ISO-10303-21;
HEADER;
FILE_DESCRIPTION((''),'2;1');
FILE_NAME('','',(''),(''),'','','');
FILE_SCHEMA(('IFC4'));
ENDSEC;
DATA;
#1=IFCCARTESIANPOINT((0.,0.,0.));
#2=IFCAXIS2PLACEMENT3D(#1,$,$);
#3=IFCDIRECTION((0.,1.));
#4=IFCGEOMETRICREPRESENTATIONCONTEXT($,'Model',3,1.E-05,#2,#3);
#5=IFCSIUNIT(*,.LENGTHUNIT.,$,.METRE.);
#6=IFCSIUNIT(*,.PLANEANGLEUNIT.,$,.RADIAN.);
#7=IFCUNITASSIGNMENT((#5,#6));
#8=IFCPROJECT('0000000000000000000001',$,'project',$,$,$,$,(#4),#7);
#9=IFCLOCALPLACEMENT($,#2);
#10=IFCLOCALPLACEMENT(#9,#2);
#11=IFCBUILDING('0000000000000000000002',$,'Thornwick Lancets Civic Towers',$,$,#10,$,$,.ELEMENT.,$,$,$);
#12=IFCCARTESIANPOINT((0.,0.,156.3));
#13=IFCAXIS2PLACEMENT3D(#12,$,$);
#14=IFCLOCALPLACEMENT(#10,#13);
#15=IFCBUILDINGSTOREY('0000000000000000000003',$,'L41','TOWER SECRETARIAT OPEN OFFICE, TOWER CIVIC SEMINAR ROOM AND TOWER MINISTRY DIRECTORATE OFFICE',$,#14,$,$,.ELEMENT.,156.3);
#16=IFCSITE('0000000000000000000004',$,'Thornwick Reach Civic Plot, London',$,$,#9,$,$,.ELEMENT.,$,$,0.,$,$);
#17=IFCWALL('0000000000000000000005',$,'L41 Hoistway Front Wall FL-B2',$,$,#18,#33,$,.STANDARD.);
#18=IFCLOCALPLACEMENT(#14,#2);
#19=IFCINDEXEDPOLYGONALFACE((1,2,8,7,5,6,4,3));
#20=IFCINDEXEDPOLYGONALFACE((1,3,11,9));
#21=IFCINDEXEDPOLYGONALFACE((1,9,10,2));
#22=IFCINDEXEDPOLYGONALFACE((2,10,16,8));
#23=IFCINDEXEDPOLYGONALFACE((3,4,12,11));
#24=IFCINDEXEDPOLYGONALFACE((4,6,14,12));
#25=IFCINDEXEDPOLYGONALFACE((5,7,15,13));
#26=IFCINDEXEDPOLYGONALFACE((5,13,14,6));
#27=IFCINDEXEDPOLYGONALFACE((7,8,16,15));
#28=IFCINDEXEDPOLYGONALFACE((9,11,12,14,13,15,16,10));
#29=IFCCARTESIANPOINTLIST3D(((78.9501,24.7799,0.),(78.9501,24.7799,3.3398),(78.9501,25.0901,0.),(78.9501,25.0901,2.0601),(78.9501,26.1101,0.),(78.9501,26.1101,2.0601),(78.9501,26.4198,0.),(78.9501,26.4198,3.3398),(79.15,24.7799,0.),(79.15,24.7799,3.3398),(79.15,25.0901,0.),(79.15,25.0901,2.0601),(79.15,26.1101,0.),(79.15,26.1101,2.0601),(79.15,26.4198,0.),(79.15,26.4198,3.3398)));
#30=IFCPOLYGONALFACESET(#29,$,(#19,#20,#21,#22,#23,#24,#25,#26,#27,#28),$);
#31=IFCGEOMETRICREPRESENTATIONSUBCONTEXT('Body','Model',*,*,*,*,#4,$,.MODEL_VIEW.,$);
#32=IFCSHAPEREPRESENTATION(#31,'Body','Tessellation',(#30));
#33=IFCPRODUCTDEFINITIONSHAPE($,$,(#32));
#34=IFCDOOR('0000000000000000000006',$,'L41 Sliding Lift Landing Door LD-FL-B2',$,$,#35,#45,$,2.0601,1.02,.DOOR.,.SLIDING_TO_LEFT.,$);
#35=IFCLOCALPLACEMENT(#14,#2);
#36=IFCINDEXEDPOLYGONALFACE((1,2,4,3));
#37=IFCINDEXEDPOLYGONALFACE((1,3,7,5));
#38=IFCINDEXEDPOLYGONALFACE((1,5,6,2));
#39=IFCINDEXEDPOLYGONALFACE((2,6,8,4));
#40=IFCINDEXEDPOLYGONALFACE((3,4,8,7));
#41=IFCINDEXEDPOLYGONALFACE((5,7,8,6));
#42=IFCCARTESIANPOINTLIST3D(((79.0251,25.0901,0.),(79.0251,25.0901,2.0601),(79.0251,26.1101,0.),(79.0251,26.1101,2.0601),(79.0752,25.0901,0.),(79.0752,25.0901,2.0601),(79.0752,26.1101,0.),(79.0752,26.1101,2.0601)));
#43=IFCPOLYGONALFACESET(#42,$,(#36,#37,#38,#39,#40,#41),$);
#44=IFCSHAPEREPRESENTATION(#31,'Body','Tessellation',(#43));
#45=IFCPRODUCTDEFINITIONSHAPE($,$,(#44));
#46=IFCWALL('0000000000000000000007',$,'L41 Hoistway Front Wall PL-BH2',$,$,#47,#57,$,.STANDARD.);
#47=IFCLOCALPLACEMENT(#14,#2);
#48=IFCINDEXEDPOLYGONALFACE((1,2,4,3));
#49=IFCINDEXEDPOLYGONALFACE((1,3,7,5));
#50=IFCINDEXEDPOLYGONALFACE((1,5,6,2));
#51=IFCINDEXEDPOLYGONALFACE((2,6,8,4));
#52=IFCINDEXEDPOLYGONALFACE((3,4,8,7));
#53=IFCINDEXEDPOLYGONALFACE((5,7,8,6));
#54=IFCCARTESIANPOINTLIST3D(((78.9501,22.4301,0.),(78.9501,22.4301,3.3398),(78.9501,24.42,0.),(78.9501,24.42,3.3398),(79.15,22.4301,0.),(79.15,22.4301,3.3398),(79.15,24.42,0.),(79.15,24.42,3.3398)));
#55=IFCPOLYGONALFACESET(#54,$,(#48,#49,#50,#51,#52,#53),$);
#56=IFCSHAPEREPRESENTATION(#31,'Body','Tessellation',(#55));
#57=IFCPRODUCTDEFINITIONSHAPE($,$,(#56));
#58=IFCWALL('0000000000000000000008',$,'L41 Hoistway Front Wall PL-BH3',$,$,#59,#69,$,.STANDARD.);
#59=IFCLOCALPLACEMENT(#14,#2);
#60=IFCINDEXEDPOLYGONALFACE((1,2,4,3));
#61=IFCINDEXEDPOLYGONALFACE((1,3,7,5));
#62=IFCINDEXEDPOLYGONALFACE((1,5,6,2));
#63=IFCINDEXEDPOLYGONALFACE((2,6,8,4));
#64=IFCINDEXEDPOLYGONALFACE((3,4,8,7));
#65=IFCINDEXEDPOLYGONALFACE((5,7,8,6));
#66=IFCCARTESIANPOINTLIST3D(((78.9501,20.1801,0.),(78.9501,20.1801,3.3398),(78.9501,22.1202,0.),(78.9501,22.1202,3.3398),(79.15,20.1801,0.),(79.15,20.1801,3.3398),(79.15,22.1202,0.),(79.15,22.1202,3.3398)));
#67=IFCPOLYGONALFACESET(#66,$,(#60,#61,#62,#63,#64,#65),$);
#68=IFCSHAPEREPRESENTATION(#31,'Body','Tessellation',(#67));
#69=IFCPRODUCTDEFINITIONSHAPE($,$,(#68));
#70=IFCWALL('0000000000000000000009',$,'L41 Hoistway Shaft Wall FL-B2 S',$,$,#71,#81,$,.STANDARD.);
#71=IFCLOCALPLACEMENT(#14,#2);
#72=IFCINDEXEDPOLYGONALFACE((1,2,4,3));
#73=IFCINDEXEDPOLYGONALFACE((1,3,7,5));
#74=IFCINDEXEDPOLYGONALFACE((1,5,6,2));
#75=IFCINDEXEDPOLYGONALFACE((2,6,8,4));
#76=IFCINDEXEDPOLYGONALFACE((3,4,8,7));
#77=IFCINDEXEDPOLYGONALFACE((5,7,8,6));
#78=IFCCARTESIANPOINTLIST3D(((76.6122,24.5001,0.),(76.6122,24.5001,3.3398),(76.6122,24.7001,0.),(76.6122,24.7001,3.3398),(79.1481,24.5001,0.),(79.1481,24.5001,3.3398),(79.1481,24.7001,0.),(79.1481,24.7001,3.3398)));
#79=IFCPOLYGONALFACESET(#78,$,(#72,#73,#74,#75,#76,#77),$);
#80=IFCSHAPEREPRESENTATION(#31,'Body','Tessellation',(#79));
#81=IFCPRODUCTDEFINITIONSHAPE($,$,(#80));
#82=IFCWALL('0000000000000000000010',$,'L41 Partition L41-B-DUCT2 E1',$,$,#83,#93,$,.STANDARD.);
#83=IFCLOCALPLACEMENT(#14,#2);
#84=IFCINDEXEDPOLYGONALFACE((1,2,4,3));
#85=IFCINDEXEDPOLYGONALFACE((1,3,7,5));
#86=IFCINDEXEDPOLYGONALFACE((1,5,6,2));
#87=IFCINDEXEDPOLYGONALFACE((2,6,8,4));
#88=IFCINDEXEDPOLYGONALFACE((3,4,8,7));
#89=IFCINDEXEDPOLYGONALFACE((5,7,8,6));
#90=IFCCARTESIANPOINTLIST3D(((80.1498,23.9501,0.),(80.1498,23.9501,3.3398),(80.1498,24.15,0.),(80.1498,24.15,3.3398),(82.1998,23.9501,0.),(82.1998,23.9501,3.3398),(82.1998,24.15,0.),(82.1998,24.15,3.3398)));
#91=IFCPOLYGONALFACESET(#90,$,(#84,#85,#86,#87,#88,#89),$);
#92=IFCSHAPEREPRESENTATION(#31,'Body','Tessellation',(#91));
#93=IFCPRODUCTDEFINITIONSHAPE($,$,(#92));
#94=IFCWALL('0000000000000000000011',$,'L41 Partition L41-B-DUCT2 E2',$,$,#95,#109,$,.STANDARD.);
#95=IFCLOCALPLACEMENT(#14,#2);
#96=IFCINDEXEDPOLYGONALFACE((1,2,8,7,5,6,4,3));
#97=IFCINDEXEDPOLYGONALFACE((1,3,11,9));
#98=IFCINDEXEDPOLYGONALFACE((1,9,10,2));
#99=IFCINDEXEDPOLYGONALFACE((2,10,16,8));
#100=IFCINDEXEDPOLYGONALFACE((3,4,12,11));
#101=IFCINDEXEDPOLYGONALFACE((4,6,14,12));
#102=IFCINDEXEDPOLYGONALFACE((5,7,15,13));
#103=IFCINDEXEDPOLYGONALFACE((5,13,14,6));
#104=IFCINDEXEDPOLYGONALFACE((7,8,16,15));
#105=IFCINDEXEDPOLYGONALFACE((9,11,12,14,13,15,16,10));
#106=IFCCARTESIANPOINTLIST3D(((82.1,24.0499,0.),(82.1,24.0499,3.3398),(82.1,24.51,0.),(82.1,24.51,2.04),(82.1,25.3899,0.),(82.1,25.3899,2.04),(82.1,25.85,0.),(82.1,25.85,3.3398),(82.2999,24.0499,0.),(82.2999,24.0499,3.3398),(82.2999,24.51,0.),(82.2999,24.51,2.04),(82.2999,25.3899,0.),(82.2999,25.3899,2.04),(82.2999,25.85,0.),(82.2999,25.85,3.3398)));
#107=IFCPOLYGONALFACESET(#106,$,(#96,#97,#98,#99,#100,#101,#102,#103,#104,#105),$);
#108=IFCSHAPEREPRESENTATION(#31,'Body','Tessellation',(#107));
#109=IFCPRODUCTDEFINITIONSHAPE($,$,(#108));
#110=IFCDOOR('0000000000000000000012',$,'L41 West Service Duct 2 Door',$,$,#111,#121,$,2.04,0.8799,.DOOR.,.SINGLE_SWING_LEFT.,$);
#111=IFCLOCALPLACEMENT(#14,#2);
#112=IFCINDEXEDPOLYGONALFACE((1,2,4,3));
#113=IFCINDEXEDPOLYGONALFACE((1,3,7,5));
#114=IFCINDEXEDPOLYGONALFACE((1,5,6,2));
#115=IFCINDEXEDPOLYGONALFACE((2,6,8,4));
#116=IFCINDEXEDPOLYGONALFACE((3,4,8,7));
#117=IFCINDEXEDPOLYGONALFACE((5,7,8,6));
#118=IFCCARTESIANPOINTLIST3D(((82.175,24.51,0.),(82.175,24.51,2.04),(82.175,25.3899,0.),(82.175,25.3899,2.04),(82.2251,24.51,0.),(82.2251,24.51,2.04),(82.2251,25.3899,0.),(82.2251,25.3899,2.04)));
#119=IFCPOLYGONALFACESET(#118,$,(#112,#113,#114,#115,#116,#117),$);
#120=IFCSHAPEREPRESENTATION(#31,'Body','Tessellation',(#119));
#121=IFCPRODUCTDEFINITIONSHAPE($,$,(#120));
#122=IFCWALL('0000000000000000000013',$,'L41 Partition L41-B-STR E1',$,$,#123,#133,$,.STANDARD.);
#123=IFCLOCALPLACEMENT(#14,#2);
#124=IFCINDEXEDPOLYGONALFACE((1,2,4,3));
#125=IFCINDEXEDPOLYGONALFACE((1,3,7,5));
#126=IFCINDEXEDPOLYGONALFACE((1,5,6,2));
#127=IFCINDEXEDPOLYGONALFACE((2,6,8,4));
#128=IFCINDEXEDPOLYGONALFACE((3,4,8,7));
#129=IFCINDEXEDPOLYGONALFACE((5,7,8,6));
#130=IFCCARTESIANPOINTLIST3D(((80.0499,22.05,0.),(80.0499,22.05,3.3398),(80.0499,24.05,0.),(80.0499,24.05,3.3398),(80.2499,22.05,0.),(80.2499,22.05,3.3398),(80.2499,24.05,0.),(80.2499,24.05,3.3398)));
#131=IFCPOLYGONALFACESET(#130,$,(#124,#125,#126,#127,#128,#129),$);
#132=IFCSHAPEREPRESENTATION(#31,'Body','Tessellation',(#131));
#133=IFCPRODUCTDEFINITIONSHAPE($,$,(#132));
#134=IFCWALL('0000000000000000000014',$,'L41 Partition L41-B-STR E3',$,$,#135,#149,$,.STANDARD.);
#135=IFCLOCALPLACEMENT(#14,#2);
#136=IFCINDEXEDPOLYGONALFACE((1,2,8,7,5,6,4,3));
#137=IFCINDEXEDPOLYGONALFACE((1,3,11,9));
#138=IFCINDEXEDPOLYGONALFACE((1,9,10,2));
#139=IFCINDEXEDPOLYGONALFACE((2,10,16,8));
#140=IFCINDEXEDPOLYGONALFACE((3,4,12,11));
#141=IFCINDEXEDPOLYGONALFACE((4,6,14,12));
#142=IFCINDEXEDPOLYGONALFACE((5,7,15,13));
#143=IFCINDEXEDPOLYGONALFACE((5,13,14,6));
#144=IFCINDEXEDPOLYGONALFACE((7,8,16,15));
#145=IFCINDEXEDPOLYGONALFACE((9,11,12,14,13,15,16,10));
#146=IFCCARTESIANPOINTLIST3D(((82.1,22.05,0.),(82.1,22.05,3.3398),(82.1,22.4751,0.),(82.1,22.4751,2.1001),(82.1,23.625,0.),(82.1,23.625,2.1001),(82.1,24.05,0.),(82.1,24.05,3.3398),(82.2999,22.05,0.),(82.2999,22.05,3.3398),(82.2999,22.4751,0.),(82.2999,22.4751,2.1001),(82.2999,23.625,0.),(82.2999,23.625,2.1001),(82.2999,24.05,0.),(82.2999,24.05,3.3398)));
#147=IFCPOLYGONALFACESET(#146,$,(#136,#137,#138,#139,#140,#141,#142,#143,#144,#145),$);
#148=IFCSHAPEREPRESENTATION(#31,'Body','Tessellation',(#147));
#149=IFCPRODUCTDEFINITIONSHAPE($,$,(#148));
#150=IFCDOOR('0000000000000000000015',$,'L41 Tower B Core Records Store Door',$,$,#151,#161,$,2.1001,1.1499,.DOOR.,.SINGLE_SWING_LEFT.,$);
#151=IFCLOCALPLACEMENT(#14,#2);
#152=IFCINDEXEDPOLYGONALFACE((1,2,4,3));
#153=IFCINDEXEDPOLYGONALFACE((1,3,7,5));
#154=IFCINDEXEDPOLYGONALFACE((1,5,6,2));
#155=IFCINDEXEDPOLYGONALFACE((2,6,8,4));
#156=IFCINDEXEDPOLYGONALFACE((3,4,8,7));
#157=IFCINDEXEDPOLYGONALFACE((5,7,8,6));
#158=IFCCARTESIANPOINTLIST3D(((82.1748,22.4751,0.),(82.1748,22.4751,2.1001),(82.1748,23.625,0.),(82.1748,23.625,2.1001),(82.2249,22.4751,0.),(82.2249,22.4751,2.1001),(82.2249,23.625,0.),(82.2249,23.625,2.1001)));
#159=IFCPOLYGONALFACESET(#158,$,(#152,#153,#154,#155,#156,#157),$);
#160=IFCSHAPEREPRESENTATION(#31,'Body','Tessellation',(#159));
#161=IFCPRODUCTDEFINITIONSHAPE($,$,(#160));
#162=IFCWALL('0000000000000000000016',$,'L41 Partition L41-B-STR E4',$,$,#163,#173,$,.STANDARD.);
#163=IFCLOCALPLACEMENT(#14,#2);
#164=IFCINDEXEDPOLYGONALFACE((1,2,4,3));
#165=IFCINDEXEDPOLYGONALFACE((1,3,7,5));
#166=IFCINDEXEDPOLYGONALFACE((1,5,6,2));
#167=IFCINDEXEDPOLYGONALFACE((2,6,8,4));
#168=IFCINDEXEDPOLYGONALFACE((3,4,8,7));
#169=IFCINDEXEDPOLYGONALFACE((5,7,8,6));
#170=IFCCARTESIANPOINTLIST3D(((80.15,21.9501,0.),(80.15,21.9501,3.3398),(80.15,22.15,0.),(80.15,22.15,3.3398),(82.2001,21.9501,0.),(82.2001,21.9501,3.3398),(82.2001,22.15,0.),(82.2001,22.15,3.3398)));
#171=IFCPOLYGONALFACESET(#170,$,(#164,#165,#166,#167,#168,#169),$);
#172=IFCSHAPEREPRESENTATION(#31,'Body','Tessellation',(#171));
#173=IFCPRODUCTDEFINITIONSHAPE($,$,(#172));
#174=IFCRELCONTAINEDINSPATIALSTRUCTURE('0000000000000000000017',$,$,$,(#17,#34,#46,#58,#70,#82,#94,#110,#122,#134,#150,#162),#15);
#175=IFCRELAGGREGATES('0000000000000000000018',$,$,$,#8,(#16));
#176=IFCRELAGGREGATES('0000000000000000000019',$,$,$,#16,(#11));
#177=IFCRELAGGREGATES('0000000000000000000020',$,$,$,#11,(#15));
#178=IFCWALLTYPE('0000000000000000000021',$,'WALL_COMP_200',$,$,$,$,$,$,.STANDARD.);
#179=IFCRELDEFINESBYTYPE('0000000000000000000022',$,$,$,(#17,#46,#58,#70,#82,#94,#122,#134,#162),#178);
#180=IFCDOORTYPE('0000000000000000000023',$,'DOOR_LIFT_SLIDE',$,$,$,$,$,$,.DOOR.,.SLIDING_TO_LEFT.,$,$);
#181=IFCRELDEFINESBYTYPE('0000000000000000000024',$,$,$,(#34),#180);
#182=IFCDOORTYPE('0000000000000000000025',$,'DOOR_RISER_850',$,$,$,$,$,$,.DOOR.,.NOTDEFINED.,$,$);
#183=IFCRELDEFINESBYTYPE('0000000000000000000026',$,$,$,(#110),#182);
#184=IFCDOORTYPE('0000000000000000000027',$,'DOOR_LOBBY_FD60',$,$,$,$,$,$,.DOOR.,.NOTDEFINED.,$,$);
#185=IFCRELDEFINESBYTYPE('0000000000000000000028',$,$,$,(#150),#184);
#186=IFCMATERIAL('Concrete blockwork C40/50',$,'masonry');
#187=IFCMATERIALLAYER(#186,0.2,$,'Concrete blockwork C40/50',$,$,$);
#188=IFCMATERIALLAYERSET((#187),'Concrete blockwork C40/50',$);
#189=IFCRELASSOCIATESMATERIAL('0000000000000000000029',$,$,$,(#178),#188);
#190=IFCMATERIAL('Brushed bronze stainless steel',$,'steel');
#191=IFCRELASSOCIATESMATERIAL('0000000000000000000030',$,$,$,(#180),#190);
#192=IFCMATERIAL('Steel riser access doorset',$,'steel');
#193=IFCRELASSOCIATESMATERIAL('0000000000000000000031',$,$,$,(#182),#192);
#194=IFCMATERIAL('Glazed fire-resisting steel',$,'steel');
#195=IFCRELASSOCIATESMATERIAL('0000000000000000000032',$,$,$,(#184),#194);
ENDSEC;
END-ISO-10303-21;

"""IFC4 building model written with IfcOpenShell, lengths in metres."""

from ifc_helpers import new_model, si_unit, direction, frame, frame_2d, origin, place, context, subcontext, project, spatial, rectangle, extrude, material, layer, layer_set, type_object, element, fill, save


model = new_model("IFC4")

# Units and contexts
model_context = context("Model", 3, precision=1e-05, world=origin(), true_north=direction((0.0, 1.0)))
body_context = subcontext(model_context, "Body", "Model", "MODEL_VIEW")
ifc_project = project(units=[si_unit("LENGTHUNIT", "METRE"), si_unit("PLANEANGLEUNIT", "RADIAN")], contexts=[model_context])

# Site, building, storey
site_placement = place(None, origin())
site = spatial("IfcSite", under=ifc_project, at=site_placement, Name="Thornwick Reach Civic Plot, London", CompositionType="ELEMENT", RefElevation=0.0)
building_placement = place(site_placement, origin())
building = spatial("IfcBuilding", under=site, at=building_placement, Name="Thornwick Lancets Civic Towers", CompositionType="ELEMENT")
storey_placement = place(building_placement, frame((0.0, 0.0, 156.3)))
storey = spatial("IfcBuildingStorey", under=building, at=storey_placement, Name="L41", Description="TOWER SECRETARIAT OPEN OFFICE, TOWER CIVIC SEMINAR ROOM AND TOWER MINISTRY DIRECTORATE OFFICE", CompositionType="ELEMENT", Elevation=156.3)

# Wall, opening, door
ifc_material_1 = material(Name="Concrete blockwork C40/50", Category="masonry")
ifc_layer_1 = layer(ifc_material_1, 0.2, Name="Concrete blockwork C40/50")
ifc_layer_set_1 = layer_set([ifc_layer_1], Name="Concrete blockwork C40/50")
wall_type_1 = type_object("IfcWallType", Name="WALL_COMP_200", PredefinedType="STANDARD", material=ifc_layer_set_1)
wall_1_placement = place(storey_placement, frame((79.05, 24.78, 0.0), z_axis=(0.0, 0.0, 1.0), x_axis=(0.0, 1.0, 0.0)))
wall_1 = element("IfcWall", 1, at=wall_1_placement, inside=storey, type_object=wall_type_1, Name="L41 Hoistway Front Wall FL-B2", PredefinedType="STANDARD", context=body_context, shape_type="SweptSolid", body=[
    extrude(rectangle(XDim=1.6399, YDim=0.2, at=frame_2d((0.8198, 0.0))), origin(), (0.0, 0.0, 1.0), 3.3398),
])
opening_1_placement = place(wall_1_placement, frame((0.3101, 0.0, 0.0)))
opening_1 = element("IfcOpeningElement", 2, at=opening_1_placement, cuts=wall_1, PredefinedType="OPENING", context=body_context, shape_type="SweptSolid", body=[
    extrude(rectangle(XDim=1.02, YDim=2.0601, at=frame_2d((0.51, 1.03))), frame((0.0, 0.1099, 0.0), z_axis=(0.0, -1.0, 0.0), x_axis=(1.0, 0.0, 0.0)), (0.0, 0.0, 1.0), 0.22),
])
ifc_material_2 = material(Name="Brushed bronze stainless steel", Category="steel")
door_type_1 = type_object("IfcDoorType", Name="DOOR_LIFT_SLIDE", OperationType="SLIDING_TO_LEFT", PredefinedType="DOOR", material=ifc_material_2)
door_1_placement = place(opening_1_placement, origin())
door_1 = element("IfcDoor", 3, at=door_1_placement, inside=storey, type_object=door_type_1, Name="L41 Sliding Lift Landing Door LD-FL-B2", OperationType="SLIDING_TO_LEFT", OverallHeight=2.0601, OverallWidth=1.02, PredefinedType="DOOR", context=body_context, shape_type="SweptSolid", body=[
    extrude(rectangle(XDim=1.02, YDim=2.0601, at=frame_2d((0.51, 1.03))), frame((0.0, 0.0249, 0.0), z_axis=(0.0, -1.0, 0.0), x_axis=(1.0, 0.0, 0.0)), (0.0, 0.0, 1.0), 0.05),
])
fill(opening_1, door_1)

# Walls
wall_2_placement = place(storey_placement, frame((79.05, 22.4299, 0.0), z_axis=(0.0, 0.0, 1.0), x_axis=(0.0, 1.0, 0.0)))
element("IfcWall", 4, at=wall_2_placement, inside=storey, type_object=wall_type_1, Name="L41 Hoistway Front Wall PL-BH2", PredefinedType="STANDARD", context=body_context, shape_type="SweptSolid", body=[
    extrude(rectangle(XDim=1.99, YDim=0.2, at=frame_2d((0.9951, 0.0))), origin(), (0.0, 0.0, 1.0), 3.3398),
])
wall_3_placement = place(storey_placement, frame((79.05, 20.1799, 0.0), z_axis=(0.0, 0.0, 1.0), x_axis=(0.0, 1.0, 0.0)))
element("IfcWall", 5, at=wall_3_placement, inside=storey, type_object=wall_type_1, Name="L41 Hoistway Front Wall PL-BH3", PredefinedType="STANDARD", context=body_context, shape_type="SweptSolid", body=[
    extrude(rectangle(XDim=1.9402, YDim=0.2, at=frame_2d((0.9702, 0.0))), origin(), (0.0, 0.0, 1.0), 3.3398),
])
wall_4_placement = place(storey_placement, frame((76.6121, 24.6001, 0.0), z_axis=(0.0, 0.0, 1.0), x_axis=(1.0, 0.0, 0.0)))
element("IfcWall", 6, at=wall_4_placement, inside=storey, type_object=wall_type_1, Name="L41 Hoistway Shaft Wall FL-B2 S", PredefinedType="STANDARD", context=body_context, shape_type="SweptSolid", body=[
    extrude(rectangle(XDim=2.5359, YDim=0.2, at=frame_2d((1.2681, 0.0))), origin(), (0.0, 0.0, 1.0), 3.3398),
])
wall_5_placement = place(storey_placement, frame((80.1499, 24.05, 0.0), z_axis=(0.0, 0.0, 1.0), x_axis=(1.0, 0.0, 0.0)))
element("IfcWall", 7, at=wall_5_placement, inside=storey, type_object=wall_type_1, Name="L41 Partition L41-B-DUCT2 E1", PredefinedType="STANDARD", context=body_context, shape_type="SweptSolid", body=[
    extrude(rectangle(XDim=2.05, YDim=0.2, at=frame_2d((1.0249, 0.0))), origin(), (0.0, 0.0, 1.0), 3.3398),
])

# Wall, opening, door
wall_6_placement = place(storey_placement, frame((82.2, 24.05, 0.0), z_axis=(0.0, 0.0, 1.0), x_axis=(0.0, 1.0, 0.0)))
wall_6 = element("IfcWall", 8, at=wall_6_placement, inside=storey, type_object=wall_type_1, Name="L41 Partition L41-B-DUCT2 E2", PredefinedType="STANDARD", context=body_context, shape_type="SweptSolid", body=[
    extrude(rectangle(XDim=1.8, YDim=0.2, at=frame_2d((0.8999, 0.0))), origin(), (0.0, 0.0, 1.0), 3.3398),
])
opening_2_placement = place(wall_6_placement, frame((0.46, 0.0, 0.0)))
opening_2 = element("IfcOpeningElement", 9, at=opening_2_placement, cuts=wall_6, PredefinedType="OPENING", context=body_context, shape_type="SweptSolid", body=[
    extrude(rectangle(XDim=0.8799, YDim=2.04, at=frame_2d((0.4399, 1.02))), frame((0.0, 0.1099, 0.0), z_axis=(0.0, -1.0, 0.0), x_axis=(1.0, 0.0, 0.0)), (0.0, 0.0, 1.0), 0.22),
])
ifc_material_3 = material(Name="Steel riser access doorset", Category="steel")
door_type_2 = type_object("IfcDoorType", Name="DOOR_RISER_850", OperationType="NOTDEFINED", PredefinedType="DOOR", material=ifc_material_3)
door_2_placement = place(opening_2_placement, origin())
door_2 = element("IfcDoor", 10, at=door_2_placement, inside=storey, type_object=door_type_2, Name="L41 West Service Duct 2 Door", OperationType="SINGLE_SWING_LEFT", OverallHeight=2.04, OverallWidth=0.8799, PredefinedType="DOOR", context=body_context, shape_type="SweptSolid", body=[
    extrude(rectangle(XDim=0.8799, YDim=2.04, at=frame_2d((0.4399, 1.02))), frame((0.0, 0.0249, 0.0), z_axis=(0.0, -1.0, 0.0), x_axis=(1.0, 0.0, 0.0)), (0.0, 0.0, 1.0), 0.05),
])
fill(opening_2, door_2)

# Wall
wall_7_placement = place(storey_placement, frame((80.1499, 22.05, 0.0), z_axis=(0.0, 0.0, 1.0), x_axis=(0.0, 1.0, 0.0)))
element("IfcWall", 11, at=wall_7_placement, inside=storey, type_object=wall_type_1, Name="L41 Partition L41-B-STR E1", PredefinedType="STANDARD", context=body_context, shape_type="SweptSolid", body=[
    extrude(rectangle(XDim=2.0, YDim=0.2, at=frame_2d((1.0, 0.0))), origin(), (0.0, 0.0, 1.0), 3.3398),
])

# Wall, opening, door
wall_8_placement = place(storey_placement, frame((82.2, 24.05, 0.0), z_axis=(0.0, 0.0, 1.0), x_axis=(0.0, -1.0, 0.0)))
wall_8 = element("IfcWall", 12, at=wall_8_placement, inside=storey, type_object=wall_type_1, Name="L41 Partition L41-B-STR E3", PredefinedType="STANDARD", context=body_context, shape_type="SweptSolid", body=[
    extrude(rectangle(XDim=2.0, YDim=0.2, at=frame_2d((1.0, 0.0))), origin(), (0.0, 0.0, 1.0), 3.3398),
])
opening_3_placement = place(wall_8_placement, frame((0.425, 0.0, 0.0)))
opening_3 = element("IfcOpeningElement", 13, at=opening_3_placement, cuts=wall_8, PredefinedType="OPENING", context=body_context, shape_type="SweptSolid", body=[
    extrude(rectangle(XDim=1.1499, YDim=2.1001, at=frame_2d((0.575, 1.05))), frame((0.0, 0.1099, 0.0), z_axis=(0.0, -1.0, 0.0), x_axis=(1.0, 0.0, 0.0)), (0.0, 0.0, 1.0), 0.22),
])
ifc_material_4 = material(Name="Glazed fire-resisting steel", Category="steel")
door_type_3 = type_object("IfcDoorType", Name="DOOR_LOBBY_FD60", OperationType="NOTDEFINED", PredefinedType="DOOR", material=ifc_material_4)
door_3_placement = place(opening_3_placement, origin())
door_3 = element("IfcDoor", 14, at=door_3_placement, inside=storey, type_object=door_type_3, Name="L41 Tower B Core Records Store Door", OperationType="SINGLE_SWING_LEFT", OverallHeight=2.1001, OverallWidth=1.1499, PredefinedType="DOOR", context=body_context, shape_type="SweptSolid", body=[
    extrude(rectangle(XDim=1.1499, YDim=2.1001, at=frame_2d((0.575, 1.05))), frame((0.0, 0.0249, 0.0), z_axis=(0.0, -1.0, 0.0), x_axis=(1.0, 0.0, 0.0)), (0.0, 0.0, 1.0), 0.05),
])
fill(opening_3, door_3)

# Wall
wall_9_placement = place(storey_placement, frame((82.2, 22.05, 0.0), z_axis=(0.0, 0.0, 1.0), x_axis=(-1.0, 0.0, 0.0)))
element("IfcWall", 15, at=wall_9_placement, inside=storey, type_object=wall_type_1, Name="L41 Partition L41-B-STR E4", PredefinedType="STANDARD", context=body_context, shape_type="SweptSolid", body=[
    extrude(rectangle(XDim=2.05, YDim=0.2, at=frame_2d((1.0249, 0.0))), origin(), (0.0, 0.0, 1.0), 3.3398),
])

save(model, "model.ifc")
